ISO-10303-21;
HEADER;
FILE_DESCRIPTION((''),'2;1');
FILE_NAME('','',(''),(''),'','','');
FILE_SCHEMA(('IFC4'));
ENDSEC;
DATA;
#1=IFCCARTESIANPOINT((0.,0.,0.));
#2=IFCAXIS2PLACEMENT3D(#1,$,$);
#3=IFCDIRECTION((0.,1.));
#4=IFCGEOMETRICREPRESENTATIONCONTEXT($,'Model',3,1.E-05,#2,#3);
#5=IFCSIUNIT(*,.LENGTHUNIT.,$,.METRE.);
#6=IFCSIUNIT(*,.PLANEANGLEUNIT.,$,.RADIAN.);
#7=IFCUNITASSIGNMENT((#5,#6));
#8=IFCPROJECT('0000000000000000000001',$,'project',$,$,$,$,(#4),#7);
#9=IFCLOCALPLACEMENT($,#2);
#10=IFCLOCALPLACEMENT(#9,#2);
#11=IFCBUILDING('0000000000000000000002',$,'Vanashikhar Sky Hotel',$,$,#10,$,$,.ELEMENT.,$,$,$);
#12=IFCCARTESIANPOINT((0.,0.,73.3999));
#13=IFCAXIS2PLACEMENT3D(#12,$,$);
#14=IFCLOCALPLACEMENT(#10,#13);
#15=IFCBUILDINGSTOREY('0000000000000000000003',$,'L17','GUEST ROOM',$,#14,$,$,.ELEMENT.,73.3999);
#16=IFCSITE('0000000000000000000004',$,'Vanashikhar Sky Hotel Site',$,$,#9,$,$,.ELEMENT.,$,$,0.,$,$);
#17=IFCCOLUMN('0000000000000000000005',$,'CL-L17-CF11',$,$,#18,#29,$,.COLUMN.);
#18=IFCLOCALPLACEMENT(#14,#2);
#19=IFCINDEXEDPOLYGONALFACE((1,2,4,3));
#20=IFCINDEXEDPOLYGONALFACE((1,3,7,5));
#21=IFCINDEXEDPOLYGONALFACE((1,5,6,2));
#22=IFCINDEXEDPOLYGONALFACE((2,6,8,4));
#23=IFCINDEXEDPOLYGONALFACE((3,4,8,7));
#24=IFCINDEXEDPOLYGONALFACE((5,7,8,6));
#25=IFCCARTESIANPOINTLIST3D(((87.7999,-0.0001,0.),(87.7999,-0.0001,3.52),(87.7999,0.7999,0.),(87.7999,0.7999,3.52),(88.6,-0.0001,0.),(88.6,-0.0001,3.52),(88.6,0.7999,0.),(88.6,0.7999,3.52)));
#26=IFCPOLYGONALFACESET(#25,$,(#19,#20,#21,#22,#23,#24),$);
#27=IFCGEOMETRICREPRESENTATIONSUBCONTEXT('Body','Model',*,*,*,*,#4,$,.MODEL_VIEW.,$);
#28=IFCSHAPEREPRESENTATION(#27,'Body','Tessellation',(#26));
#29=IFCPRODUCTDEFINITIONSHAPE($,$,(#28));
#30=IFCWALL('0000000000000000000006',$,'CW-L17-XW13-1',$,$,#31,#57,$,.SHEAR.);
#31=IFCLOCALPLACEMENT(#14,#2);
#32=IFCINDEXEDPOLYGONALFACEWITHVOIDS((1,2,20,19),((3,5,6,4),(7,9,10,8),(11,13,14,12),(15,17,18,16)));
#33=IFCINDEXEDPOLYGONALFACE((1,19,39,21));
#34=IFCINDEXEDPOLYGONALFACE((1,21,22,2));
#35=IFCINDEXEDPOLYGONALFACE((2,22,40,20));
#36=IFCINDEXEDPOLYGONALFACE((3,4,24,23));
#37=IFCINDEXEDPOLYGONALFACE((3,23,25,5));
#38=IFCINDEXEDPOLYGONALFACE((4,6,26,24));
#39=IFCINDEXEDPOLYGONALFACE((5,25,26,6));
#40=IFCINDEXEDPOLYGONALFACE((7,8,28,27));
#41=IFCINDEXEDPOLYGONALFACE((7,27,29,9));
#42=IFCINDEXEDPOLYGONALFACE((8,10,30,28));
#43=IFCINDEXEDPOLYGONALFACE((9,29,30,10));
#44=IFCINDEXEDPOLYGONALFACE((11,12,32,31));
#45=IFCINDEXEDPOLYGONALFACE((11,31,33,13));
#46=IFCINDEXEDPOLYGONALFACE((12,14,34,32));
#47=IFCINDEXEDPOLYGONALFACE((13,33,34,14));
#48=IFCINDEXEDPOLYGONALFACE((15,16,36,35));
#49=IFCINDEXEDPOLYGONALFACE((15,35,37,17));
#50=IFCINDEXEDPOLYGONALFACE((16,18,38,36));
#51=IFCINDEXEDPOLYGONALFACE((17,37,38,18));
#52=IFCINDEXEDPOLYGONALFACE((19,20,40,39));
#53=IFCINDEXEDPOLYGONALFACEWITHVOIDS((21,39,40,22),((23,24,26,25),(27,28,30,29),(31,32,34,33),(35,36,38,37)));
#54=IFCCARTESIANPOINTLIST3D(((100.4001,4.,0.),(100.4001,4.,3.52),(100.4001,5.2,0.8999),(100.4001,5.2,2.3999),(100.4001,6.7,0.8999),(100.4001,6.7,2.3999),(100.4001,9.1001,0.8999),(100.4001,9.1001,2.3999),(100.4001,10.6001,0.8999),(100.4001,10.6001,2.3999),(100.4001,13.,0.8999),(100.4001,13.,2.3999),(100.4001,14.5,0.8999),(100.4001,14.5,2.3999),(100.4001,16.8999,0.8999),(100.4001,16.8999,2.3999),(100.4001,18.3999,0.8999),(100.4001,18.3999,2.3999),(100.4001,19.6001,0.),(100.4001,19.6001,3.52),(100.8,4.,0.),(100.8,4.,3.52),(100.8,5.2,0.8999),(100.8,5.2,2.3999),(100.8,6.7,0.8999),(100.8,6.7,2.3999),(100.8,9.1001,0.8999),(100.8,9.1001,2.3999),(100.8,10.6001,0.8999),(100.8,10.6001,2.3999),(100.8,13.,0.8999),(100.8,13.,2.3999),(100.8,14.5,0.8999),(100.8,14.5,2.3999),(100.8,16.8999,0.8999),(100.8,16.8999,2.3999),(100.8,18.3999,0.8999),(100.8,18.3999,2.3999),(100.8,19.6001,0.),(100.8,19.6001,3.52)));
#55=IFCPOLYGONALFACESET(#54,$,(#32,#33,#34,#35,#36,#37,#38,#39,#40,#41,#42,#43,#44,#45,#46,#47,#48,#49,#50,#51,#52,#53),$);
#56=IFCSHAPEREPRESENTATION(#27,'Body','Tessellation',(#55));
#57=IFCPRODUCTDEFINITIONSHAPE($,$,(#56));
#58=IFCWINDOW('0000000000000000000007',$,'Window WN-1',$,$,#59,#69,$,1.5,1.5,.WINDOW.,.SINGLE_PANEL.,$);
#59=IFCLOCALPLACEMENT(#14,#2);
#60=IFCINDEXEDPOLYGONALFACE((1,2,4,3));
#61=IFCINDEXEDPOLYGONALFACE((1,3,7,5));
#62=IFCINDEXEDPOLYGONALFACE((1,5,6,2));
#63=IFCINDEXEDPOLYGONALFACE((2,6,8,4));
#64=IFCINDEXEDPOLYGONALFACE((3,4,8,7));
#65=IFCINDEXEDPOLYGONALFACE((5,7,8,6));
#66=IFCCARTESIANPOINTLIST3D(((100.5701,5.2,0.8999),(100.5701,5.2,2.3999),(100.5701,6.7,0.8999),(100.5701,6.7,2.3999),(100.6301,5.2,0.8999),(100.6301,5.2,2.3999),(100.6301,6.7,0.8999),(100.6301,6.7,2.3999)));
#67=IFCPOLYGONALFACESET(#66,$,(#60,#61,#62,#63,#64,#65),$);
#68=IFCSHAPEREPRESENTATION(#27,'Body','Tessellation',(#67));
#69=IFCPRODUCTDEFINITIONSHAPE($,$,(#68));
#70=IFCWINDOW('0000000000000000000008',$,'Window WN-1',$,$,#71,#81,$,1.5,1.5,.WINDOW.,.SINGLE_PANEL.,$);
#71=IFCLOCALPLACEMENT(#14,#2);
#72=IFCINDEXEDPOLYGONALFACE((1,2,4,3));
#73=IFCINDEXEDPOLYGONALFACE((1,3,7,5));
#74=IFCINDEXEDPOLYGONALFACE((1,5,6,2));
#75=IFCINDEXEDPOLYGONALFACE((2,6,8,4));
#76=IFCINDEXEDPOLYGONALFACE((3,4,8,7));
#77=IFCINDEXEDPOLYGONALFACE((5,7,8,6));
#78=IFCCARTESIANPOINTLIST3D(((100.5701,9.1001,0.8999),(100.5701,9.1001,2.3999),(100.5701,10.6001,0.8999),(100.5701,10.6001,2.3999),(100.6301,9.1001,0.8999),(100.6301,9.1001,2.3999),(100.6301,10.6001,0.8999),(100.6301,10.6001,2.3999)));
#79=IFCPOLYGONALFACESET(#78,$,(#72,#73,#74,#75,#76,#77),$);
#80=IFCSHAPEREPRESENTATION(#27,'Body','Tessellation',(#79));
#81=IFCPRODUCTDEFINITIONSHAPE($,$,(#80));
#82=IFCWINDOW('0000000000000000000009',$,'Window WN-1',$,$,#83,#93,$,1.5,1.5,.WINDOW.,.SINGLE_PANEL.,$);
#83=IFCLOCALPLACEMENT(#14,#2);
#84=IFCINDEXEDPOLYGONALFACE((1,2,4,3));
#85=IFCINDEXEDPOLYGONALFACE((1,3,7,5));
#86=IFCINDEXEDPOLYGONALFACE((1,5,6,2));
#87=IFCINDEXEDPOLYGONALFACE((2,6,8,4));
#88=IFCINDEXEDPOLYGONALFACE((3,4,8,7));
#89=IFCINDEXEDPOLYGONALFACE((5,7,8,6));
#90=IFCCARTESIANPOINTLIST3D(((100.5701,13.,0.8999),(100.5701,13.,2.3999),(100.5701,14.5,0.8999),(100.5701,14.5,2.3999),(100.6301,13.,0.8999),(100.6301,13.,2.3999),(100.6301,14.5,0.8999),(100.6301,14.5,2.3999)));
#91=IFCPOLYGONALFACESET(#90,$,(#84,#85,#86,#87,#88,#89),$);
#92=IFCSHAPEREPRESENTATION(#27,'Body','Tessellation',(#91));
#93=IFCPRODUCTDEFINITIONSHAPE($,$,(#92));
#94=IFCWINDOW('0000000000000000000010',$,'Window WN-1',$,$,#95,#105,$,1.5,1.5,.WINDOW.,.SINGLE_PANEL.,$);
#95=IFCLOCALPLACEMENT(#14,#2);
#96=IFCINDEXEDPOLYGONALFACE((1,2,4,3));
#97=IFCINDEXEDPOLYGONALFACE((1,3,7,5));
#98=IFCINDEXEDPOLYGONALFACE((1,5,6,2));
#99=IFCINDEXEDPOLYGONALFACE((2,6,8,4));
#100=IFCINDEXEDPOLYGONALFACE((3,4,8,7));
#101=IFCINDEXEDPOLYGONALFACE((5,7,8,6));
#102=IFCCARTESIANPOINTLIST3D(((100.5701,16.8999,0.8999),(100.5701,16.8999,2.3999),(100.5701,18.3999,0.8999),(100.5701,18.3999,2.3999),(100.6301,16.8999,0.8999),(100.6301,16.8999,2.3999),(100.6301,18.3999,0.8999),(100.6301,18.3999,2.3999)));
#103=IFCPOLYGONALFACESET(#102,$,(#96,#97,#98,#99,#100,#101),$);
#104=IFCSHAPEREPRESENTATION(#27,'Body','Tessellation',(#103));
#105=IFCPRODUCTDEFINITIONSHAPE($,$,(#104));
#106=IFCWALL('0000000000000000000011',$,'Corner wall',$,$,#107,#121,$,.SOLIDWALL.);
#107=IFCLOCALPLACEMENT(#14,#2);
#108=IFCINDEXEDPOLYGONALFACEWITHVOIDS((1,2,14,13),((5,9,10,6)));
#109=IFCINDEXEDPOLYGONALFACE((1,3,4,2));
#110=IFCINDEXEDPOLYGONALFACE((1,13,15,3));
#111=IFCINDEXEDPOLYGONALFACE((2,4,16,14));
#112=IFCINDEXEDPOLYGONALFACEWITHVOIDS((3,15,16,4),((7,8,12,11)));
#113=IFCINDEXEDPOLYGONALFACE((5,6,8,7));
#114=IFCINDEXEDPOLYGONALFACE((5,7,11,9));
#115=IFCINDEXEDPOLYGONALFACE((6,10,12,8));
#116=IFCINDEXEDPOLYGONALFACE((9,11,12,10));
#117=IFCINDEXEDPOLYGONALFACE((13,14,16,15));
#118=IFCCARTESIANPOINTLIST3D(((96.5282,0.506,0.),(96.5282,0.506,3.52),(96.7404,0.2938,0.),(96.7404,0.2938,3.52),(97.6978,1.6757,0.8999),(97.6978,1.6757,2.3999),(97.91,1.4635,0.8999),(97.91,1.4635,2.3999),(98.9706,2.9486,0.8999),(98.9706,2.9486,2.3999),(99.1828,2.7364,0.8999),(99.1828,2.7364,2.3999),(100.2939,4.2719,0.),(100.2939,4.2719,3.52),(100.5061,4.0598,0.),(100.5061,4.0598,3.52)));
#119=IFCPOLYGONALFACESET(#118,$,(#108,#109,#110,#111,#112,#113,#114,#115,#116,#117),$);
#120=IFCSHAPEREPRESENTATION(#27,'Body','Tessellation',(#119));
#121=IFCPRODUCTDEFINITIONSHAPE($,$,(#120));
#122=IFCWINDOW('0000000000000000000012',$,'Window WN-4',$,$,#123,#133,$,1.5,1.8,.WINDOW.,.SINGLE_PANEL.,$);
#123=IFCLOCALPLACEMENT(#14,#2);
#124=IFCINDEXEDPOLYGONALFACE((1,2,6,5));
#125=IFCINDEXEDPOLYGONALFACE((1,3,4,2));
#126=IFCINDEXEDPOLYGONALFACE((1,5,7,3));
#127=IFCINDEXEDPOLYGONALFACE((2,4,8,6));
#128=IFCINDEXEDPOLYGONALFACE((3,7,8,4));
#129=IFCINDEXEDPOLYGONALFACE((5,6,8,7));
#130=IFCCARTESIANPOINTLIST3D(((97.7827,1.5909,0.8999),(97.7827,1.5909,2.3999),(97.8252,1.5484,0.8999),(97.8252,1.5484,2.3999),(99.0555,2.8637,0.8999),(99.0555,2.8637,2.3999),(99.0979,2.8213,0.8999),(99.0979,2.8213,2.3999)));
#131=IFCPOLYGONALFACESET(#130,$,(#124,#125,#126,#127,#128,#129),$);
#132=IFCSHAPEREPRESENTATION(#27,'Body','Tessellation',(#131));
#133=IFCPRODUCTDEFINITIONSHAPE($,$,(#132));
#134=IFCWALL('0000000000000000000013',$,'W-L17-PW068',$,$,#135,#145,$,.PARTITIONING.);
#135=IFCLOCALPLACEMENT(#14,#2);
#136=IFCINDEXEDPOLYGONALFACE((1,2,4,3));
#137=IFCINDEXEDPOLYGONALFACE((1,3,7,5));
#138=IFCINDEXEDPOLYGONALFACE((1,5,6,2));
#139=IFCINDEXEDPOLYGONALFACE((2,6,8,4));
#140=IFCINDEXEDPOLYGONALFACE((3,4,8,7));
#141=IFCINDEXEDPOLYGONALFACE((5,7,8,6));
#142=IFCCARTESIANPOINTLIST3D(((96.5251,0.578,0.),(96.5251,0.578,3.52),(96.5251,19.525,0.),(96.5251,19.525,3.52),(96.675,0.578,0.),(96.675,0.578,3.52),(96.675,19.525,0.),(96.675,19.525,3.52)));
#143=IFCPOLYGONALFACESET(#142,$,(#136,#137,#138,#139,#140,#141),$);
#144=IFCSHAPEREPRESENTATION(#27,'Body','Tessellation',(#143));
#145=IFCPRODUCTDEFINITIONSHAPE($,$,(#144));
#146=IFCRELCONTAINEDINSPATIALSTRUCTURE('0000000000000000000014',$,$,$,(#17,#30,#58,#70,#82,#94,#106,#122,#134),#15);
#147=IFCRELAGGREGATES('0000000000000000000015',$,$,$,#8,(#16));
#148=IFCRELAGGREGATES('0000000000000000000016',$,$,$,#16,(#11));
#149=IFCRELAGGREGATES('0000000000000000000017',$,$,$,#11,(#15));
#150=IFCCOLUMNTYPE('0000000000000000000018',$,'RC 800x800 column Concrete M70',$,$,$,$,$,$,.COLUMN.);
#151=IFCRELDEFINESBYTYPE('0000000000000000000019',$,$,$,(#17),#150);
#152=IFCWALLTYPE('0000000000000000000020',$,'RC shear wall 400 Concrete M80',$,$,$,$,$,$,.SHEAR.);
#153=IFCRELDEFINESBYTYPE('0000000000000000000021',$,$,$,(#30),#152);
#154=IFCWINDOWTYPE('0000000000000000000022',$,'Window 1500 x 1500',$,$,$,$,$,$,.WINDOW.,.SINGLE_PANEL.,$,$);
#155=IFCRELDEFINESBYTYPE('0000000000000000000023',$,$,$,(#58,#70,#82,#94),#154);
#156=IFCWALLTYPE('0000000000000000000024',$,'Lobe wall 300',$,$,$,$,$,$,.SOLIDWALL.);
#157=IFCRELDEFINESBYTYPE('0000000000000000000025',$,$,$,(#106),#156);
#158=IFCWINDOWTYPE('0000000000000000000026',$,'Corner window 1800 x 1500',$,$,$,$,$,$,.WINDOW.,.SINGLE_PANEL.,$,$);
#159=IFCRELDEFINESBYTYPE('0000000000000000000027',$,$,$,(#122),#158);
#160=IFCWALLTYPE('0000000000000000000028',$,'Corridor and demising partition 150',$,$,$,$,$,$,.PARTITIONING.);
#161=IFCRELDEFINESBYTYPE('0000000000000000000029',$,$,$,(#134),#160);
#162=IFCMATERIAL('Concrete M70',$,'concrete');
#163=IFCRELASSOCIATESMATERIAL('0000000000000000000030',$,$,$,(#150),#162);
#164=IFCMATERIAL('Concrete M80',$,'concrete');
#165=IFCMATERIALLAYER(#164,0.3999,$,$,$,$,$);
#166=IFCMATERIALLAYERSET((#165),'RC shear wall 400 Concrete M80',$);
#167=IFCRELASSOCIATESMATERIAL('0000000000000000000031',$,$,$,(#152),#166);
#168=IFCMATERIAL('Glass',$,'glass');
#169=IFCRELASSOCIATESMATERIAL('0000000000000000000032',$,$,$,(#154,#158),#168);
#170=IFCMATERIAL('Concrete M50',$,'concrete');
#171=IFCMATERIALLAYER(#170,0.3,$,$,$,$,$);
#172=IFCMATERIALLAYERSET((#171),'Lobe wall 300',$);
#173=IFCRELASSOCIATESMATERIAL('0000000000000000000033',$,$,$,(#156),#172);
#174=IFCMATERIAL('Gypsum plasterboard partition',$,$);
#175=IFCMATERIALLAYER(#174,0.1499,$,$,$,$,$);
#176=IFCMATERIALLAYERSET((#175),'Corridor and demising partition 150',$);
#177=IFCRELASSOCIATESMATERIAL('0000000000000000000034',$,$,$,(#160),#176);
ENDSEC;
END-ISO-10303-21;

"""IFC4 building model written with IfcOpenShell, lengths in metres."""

from ifc_helpers import new_model, si_unit, direction, frame, frame_2d, origin, origin_2d, place, context, subcontext, project, spatial, rectangle, extrude, source, transform, mapped, material, layer, layer_set, material_profile, profile_set, type_object, element, fill, save


model = new_model("IFC4")

# Units and contexts
model_context = context("Model", 3, precision=1e-05, world=origin(), true_north=direction((0.0, 1.0)))
body_context = subcontext(model_context, "Body", "Model", "MODEL_VIEW")
ifc_project = project(units=[si_unit("LENGTHUNIT", "METRE"), si_unit("PLANEANGLEUNIT", "RADIAN")], contexts=[model_context])

# Site, building, storey
site_placement = place(None, origin())
site = spatial("IfcSite", under=ifc_project, at=site_placement, Name="Vanashikhar Sky Hotel Site", CompositionType="ELEMENT", RefElevation=0.0)
building_placement = place(site_placement, origin())
building = spatial("IfcBuilding", under=site, at=building_placement, Name="Vanashikhar Sky Hotel", CompositionType="ELEMENT")
storey_placement = place(building_placement, frame((0.0, 0.0, 73.3999)))
storey = spatial("IfcBuildingStorey", under=building, at=storey_placement, Name="L17", Description="GUEST ROOM", CompositionType="ELEMENT", Elevation=73.3999)

# Column
ifc_material_1 = material(Name="Concrete M70", Category="concrete")
ifc_material_profile = material_profile(ifc_material_1, rectangle(XDim=0.8, YDim=0.8, at=origin_2d()))
ifc_profile_set = profile_set([ifc_material_profile], Name="RC 800x800 column Concrete M70")
column_type = type_object("IfcColumnType", Name="RC 800x800 column Concrete M70", PredefinedType="COLUMN", material=ifc_profile_set)
shared_shape_1 = source(origin(), body_context, "Body", "SweptSolid", [
    extrude(rectangle(XDim=0.8, YDim=0.8, at=origin_2d()), origin(), (0.0, 0.0, 1.0), 3.52),
])
column_placement = place(storey_placement, frame((88.2, 0.3999, 0.0), z_axis=(0.0, 0.0, 1.0), x_axis=(1.0, 0.0, 0.0)))
element("IfcColumn", 1, at=column_placement, inside=storey, type_object=column_type, Name="CL-L17-CF11", PredefinedType="COLUMN", context=body_context, shape_type="MappedRepresentation", body=[
    mapped(shared_shape_1, transform((0.0, 0.0, 0.0), scale=1.0)),
])

# Wall, openings, windows
ifc_material_2 = material(Name="Concrete M80", Category="concrete")
ifc_layer_1 = layer(ifc_material_2, 0.3999)
ifc_layer_set_1 = layer_set([ifc_layer_1], Name="RC shear wall 400 Concrete M80")
wall_type_1 = type_object("IfcWallType", Name="RC shear wall 400 Concrete M80", PredefinedType="SHEAR", material=ifc_layer_set_1)
shared_shape_2 = source(origin(), body_context, "Body", "SweptSolid", [
    extrude(rectangle(XDim=15.6001, YDim=0.3999, at=frame_2d((7.8, 0.0))), origin(), (0.0, 0.0, 1.0), 3.52),
])
wall_1_placement = place(storey_placement, frame((100.6001, 4.0, 0.0), z_axis=(0.0, 0.0, 1.0), x_axis=(0.0, 1.0, 0.0)))
wall_1 = element("IfcWall", 2, at=wall_1_placement, inside=storey, type_object=wall_type_1, Name="CW-L17-XW13-1", PredefinedType="SHEAR", context=body_context, shape_type="MappedRepresentation", body=[
    mapped(shared_shape_2, transform((0.0, 0.0, 0.0), scale=1.0)),
])
shared_shape_3 = source(origin(), body_context, "Body", "SweptSolid", [
    extrude(rectangle(XDim=1.5, YDim=1.5, at=frame_2d((0.75, 0.75))), frame((0.0, 0.21, 0.0), z_axis=(0.0, -1.0, 0.0), x_axis=(1.0, 0.0, 0.0)), (0.0, 0.0, 1.0), 0.4199),
])
opening_1_placement = place(wall_1_placement, frame((1.2, 0.0, 0.8999)))
opening_1 = element("IfcOpeningElement", 3, at=opening_1_placement, cuts=wall_1, PredefinedType="OPENING", context=body_context, shape_type="MappedRepresentation", body=[
    mapped(shared_shape_3, transform((0.0, 0.0, 0.0), scale=1.0)),
])
opening_2_placement = place(wall_1_placement, frame((5.1001, 0.0, 0.8999)))
opening_2 = element("IfcOpeningElement", 4, at=opening_2_placement, cuts=wall_1, PredefinedType="OPENING", context=body_context, shape_type="MappedRepresentation", body=[
    mapped(shared_shape_3, transform((0.0, 0.0, 0.0), scale=1.0)),
])
opening_3_placement = place(wall_1_placement, frame((9.0, 0.0, 0.8999)))
opening_3 = element("IfcOpeningElement", 5, at=opening_3_placement, cuts=wall_1, PredefinedType="OPENING", context=body_context, shape_type="MappedRepresentation", body=[
    mapped(shared_shape_3, transform((0.0, 0.0, 0.0), scale=1.0)),
])
opening_4_placement = place(wall_1_placement, frame((12.8999, 0.0, 0.8999)))
opening_4 = element("IfcOpeningElement", 6, at=opening_4_placement, cuts=wall_1, PredefinedType="OPENING", context=body_context, shape_type="MappedRepresentation", body=[
    mapped(shared_shape_3, transform((0.0, 0.0, 0.0), scale=1.0)),
])
ifc_material_3 = material(Name="Glass", Category="glass")
window_type_1 = type_object("IfcWindowType", Name="Window 1500 x 1500", PartitioningType="SINGLE_PANEL", PredefinedType="WINDOW", material=ifc_material_3)
shared_shape_4 = source(origin(), body_context, "Body", "SweptSolid", [
    extrude(rectangle(XDim=1.5, YDim=1.5, at=frame_2d((0.75, 0.75))), frame((0.0, 0.03, 0.0), z_axis=(0.0, -1.0, 0.0), x_axis=(1.0, 0.0, 0.0)), (0.0, 0.0, 1.0), 0.0601),
])
window_1_placement = place(opening_1_placement, origin())
window_1 = element("IfcWindow", 7, at=window_1_placement, inside=storey, type_object=window_type_1, Name="Window WN-1", OverallHeight=1.5, OverallWidth=1.5, PartitioningType="SINGLE_PANEL", PredefinedType="WINDOW", context=body_context, shape_type="MappedRepresentation", body=[
    mapped(shared_shape_4, transform((0.0, 0.0, 0.0), scale=1.0)),
])
fill(opening_1, window_1)
window_2_placement = place(opening_2_placement, origin())
window_2 = element("IfcWindow", 8, at=window_2_placement, inside=storey, type_object=window_type_1, Name="Window WN-1", OverallHeight=1.5, OverallWidth=1.5, PartitioningType="SINGLE_PANEL", PredefinedType="WINDOW", context=body_context, shape_type="MappedRepresentation", body=[
    mapped(shared_shape_4, transform((0.0, 0.0, 0.0), scale=1.0)),
])
fill(opening_2, window_2)
window_3_placement = place(opening_3_placement, origin())
window_3 = element("IfcWindow", 9, at=window_3_placement, inside=storey, type_object=window_type_1, Name="Window WN-1", OverallHeight=1.5, OverallWidth=1.5, PartitioningType="SINGLE_PANEL", PredefinedType="WINDOW", context=body_context, shape_type="MappedRepresentation", body=[
    mapped(shared_shape_4, transform((0.0, 0.0, 0.0), scale=1.0)),
])
fill(opening_3, window_3)
window_4_placement = place(opening_4_placement, origin())
window_4 = element("IfcWindow", 10, at=window_4_placement, inside=storey, type_object=window_type_1, Name="Window WN-1", OverallHeight=1.5, OverallWidth=1.5, PartitioningType="SINGLE_PANEL", PredefinedType="WINDOW", context=body_context, shape_type="MappedRepresentation", body=[
    mapped(shared_shape_4, transform((0.0, 0.0, 0.0), scale=1.0)),
])
fill(opening_4, window_4)

# Wall, opening, window
ifc_material_4 = material(Name="Concrete M50", Category="concrete")
ifc_layer_2 = layer(ifc_material_4, 0.3)
ifc_layer_set_2 = layer_set([ifc_layer_2], Name="Lobe wall 300")
wall_type_2 = type_object("IfcWallType", Name="Lobe wall 300", PredefinedType="SOLIDWALL", material=ifc_layer_set_2)
shared_shape_5 = source(origin(), body_context, "Body", "SweptSolid", [
    extrude(rectangle(XDim=5.3257, YDim=0.3, at=frame_2d((2.6628, 0.0))), origin(), (0.0, 0.0, 1.0), 3.52),
])
wall_2_placement = place(storey_placement, frame((96.6343, 0.3999, 0.0), z_axis=(0.0, 0.0, 1.0), x_axis=(0.707084, 0.70713, 0.0)))
wall_2 = element("IfcWall", 11, at=wall_2_placement, inside=storey, type_object=wall_type_2, Name="Corner wall", PredefinedType="SOLIDWALL", context=body_context, shape_type="MappedRepresentation", body=[
    mapped(shared_shape_5, transform((0.0, 0.0, 0.0), scale=1.0)),
])
shared_shape_6 = source(origin(), body_context, "Body", "SweptSolid", [
    extrude(rectangle(XDim=1.8, YDim=1.5, at=frame_2d((0.8999, 0.75))), frame((0.0, 0.1602, 0.0), z_axis=(0.0, -1.0, 0.0), x_axis=(1.0, 0.0, 0.0)), (0.0, 0.0, 1.0), 0.3201),
])
opening_5_placement = place(wall_2_placement, frame((1.6543, 0.0, 0.8999)))
opening_5 = element("IfcOpeningElement", 12, at=opening_5_placement, cuts=wall_2, PredefinedType="OPENING", context=body_context, shape_type="MappedRepresentation", body=[
    mapped(shared_shape_6, transform((0.0, 0.0, 0.0), scale=1.0)),
])
window_type_2 = type_object("IfcWindowType", Name="Corner window 1800 x 1500", PartitioningType="SINGLE_PANEL", PredefinedType="WINDOW", material=ifc_material_3)
shared_shape_7 = source(origin(), body_context, "Body", "SweptSolid", [
    extrude(rectangle(XDim=1.8, YDim=1.5, at=frame_2d((0.8999, 0.75))), frame((0.0, 0.03, 0.0), z_axis=(0.0, -1.0, 0.0), x_axis=(1.0, 0.0, 0.0)), (0.0, 0.0, 1.0), 0.0601),
])
window_5_placement = place(opening_5_placement, origin())
window_5 = element("IfcWindow", 13, at=window_5_placement, inside=storey, type_object=window_type_2, Name="Window WN-4", OverallHeight=1.5, OverallWidth=1.8, PartitioningType="SINGLE_PANEL", PredefinedType="WINDOW", context=body_context, shape_type="MappedRepresentation", body=[
    mapped(shared_shape_7, transform((0.0, 0.0, 0.0), scale=1.0)),
])
fill(opening_5, window_5)

# Wall
ifc_material_5 = material(Name="Gypsum plasterboard partition")
ifc_layer_3 = layer(ifc_material_5, 0.1499)
ifc_layer_set_3 = layer_set([ifc_layer_3], Name="Corridor and demising partition 150")
wall_type_3 = type_object("IfcWallType", Name="Corridor and demising partition 150", PredefinedType="PARTITIONING", material=ifc_layer_set_3)
shared_shape_8 = source(origin(), body_context, "Body", "SweptSolid", [
    extrude(rectangle(XDim=18.947, YDim=0.1499, at=frame_2d((9.4736, 0.0))), origin(), (0.0, 0.0, 1.0), 3.52),
])
wall_3_placement = place(storey_placement, frame((96.6001, 0.5779, 0.0), z_axis=(0.0, 0.0, 1.0), x_axis=(0.0, 1.0, 0.0)))
element("IfcWall", 14, at=wall_3_placement, inside=storey, type_object=wall_type_3, Name="W-L17-PW068", PredefinedType="PARTITIONING", context=body_context, shape_type="MappedRepresentation", body=[
    mapped(shared_shape_8, transform((0.0, 0.0, 0.0), scale=1.0)),
])

save(model, "model.ifc")
